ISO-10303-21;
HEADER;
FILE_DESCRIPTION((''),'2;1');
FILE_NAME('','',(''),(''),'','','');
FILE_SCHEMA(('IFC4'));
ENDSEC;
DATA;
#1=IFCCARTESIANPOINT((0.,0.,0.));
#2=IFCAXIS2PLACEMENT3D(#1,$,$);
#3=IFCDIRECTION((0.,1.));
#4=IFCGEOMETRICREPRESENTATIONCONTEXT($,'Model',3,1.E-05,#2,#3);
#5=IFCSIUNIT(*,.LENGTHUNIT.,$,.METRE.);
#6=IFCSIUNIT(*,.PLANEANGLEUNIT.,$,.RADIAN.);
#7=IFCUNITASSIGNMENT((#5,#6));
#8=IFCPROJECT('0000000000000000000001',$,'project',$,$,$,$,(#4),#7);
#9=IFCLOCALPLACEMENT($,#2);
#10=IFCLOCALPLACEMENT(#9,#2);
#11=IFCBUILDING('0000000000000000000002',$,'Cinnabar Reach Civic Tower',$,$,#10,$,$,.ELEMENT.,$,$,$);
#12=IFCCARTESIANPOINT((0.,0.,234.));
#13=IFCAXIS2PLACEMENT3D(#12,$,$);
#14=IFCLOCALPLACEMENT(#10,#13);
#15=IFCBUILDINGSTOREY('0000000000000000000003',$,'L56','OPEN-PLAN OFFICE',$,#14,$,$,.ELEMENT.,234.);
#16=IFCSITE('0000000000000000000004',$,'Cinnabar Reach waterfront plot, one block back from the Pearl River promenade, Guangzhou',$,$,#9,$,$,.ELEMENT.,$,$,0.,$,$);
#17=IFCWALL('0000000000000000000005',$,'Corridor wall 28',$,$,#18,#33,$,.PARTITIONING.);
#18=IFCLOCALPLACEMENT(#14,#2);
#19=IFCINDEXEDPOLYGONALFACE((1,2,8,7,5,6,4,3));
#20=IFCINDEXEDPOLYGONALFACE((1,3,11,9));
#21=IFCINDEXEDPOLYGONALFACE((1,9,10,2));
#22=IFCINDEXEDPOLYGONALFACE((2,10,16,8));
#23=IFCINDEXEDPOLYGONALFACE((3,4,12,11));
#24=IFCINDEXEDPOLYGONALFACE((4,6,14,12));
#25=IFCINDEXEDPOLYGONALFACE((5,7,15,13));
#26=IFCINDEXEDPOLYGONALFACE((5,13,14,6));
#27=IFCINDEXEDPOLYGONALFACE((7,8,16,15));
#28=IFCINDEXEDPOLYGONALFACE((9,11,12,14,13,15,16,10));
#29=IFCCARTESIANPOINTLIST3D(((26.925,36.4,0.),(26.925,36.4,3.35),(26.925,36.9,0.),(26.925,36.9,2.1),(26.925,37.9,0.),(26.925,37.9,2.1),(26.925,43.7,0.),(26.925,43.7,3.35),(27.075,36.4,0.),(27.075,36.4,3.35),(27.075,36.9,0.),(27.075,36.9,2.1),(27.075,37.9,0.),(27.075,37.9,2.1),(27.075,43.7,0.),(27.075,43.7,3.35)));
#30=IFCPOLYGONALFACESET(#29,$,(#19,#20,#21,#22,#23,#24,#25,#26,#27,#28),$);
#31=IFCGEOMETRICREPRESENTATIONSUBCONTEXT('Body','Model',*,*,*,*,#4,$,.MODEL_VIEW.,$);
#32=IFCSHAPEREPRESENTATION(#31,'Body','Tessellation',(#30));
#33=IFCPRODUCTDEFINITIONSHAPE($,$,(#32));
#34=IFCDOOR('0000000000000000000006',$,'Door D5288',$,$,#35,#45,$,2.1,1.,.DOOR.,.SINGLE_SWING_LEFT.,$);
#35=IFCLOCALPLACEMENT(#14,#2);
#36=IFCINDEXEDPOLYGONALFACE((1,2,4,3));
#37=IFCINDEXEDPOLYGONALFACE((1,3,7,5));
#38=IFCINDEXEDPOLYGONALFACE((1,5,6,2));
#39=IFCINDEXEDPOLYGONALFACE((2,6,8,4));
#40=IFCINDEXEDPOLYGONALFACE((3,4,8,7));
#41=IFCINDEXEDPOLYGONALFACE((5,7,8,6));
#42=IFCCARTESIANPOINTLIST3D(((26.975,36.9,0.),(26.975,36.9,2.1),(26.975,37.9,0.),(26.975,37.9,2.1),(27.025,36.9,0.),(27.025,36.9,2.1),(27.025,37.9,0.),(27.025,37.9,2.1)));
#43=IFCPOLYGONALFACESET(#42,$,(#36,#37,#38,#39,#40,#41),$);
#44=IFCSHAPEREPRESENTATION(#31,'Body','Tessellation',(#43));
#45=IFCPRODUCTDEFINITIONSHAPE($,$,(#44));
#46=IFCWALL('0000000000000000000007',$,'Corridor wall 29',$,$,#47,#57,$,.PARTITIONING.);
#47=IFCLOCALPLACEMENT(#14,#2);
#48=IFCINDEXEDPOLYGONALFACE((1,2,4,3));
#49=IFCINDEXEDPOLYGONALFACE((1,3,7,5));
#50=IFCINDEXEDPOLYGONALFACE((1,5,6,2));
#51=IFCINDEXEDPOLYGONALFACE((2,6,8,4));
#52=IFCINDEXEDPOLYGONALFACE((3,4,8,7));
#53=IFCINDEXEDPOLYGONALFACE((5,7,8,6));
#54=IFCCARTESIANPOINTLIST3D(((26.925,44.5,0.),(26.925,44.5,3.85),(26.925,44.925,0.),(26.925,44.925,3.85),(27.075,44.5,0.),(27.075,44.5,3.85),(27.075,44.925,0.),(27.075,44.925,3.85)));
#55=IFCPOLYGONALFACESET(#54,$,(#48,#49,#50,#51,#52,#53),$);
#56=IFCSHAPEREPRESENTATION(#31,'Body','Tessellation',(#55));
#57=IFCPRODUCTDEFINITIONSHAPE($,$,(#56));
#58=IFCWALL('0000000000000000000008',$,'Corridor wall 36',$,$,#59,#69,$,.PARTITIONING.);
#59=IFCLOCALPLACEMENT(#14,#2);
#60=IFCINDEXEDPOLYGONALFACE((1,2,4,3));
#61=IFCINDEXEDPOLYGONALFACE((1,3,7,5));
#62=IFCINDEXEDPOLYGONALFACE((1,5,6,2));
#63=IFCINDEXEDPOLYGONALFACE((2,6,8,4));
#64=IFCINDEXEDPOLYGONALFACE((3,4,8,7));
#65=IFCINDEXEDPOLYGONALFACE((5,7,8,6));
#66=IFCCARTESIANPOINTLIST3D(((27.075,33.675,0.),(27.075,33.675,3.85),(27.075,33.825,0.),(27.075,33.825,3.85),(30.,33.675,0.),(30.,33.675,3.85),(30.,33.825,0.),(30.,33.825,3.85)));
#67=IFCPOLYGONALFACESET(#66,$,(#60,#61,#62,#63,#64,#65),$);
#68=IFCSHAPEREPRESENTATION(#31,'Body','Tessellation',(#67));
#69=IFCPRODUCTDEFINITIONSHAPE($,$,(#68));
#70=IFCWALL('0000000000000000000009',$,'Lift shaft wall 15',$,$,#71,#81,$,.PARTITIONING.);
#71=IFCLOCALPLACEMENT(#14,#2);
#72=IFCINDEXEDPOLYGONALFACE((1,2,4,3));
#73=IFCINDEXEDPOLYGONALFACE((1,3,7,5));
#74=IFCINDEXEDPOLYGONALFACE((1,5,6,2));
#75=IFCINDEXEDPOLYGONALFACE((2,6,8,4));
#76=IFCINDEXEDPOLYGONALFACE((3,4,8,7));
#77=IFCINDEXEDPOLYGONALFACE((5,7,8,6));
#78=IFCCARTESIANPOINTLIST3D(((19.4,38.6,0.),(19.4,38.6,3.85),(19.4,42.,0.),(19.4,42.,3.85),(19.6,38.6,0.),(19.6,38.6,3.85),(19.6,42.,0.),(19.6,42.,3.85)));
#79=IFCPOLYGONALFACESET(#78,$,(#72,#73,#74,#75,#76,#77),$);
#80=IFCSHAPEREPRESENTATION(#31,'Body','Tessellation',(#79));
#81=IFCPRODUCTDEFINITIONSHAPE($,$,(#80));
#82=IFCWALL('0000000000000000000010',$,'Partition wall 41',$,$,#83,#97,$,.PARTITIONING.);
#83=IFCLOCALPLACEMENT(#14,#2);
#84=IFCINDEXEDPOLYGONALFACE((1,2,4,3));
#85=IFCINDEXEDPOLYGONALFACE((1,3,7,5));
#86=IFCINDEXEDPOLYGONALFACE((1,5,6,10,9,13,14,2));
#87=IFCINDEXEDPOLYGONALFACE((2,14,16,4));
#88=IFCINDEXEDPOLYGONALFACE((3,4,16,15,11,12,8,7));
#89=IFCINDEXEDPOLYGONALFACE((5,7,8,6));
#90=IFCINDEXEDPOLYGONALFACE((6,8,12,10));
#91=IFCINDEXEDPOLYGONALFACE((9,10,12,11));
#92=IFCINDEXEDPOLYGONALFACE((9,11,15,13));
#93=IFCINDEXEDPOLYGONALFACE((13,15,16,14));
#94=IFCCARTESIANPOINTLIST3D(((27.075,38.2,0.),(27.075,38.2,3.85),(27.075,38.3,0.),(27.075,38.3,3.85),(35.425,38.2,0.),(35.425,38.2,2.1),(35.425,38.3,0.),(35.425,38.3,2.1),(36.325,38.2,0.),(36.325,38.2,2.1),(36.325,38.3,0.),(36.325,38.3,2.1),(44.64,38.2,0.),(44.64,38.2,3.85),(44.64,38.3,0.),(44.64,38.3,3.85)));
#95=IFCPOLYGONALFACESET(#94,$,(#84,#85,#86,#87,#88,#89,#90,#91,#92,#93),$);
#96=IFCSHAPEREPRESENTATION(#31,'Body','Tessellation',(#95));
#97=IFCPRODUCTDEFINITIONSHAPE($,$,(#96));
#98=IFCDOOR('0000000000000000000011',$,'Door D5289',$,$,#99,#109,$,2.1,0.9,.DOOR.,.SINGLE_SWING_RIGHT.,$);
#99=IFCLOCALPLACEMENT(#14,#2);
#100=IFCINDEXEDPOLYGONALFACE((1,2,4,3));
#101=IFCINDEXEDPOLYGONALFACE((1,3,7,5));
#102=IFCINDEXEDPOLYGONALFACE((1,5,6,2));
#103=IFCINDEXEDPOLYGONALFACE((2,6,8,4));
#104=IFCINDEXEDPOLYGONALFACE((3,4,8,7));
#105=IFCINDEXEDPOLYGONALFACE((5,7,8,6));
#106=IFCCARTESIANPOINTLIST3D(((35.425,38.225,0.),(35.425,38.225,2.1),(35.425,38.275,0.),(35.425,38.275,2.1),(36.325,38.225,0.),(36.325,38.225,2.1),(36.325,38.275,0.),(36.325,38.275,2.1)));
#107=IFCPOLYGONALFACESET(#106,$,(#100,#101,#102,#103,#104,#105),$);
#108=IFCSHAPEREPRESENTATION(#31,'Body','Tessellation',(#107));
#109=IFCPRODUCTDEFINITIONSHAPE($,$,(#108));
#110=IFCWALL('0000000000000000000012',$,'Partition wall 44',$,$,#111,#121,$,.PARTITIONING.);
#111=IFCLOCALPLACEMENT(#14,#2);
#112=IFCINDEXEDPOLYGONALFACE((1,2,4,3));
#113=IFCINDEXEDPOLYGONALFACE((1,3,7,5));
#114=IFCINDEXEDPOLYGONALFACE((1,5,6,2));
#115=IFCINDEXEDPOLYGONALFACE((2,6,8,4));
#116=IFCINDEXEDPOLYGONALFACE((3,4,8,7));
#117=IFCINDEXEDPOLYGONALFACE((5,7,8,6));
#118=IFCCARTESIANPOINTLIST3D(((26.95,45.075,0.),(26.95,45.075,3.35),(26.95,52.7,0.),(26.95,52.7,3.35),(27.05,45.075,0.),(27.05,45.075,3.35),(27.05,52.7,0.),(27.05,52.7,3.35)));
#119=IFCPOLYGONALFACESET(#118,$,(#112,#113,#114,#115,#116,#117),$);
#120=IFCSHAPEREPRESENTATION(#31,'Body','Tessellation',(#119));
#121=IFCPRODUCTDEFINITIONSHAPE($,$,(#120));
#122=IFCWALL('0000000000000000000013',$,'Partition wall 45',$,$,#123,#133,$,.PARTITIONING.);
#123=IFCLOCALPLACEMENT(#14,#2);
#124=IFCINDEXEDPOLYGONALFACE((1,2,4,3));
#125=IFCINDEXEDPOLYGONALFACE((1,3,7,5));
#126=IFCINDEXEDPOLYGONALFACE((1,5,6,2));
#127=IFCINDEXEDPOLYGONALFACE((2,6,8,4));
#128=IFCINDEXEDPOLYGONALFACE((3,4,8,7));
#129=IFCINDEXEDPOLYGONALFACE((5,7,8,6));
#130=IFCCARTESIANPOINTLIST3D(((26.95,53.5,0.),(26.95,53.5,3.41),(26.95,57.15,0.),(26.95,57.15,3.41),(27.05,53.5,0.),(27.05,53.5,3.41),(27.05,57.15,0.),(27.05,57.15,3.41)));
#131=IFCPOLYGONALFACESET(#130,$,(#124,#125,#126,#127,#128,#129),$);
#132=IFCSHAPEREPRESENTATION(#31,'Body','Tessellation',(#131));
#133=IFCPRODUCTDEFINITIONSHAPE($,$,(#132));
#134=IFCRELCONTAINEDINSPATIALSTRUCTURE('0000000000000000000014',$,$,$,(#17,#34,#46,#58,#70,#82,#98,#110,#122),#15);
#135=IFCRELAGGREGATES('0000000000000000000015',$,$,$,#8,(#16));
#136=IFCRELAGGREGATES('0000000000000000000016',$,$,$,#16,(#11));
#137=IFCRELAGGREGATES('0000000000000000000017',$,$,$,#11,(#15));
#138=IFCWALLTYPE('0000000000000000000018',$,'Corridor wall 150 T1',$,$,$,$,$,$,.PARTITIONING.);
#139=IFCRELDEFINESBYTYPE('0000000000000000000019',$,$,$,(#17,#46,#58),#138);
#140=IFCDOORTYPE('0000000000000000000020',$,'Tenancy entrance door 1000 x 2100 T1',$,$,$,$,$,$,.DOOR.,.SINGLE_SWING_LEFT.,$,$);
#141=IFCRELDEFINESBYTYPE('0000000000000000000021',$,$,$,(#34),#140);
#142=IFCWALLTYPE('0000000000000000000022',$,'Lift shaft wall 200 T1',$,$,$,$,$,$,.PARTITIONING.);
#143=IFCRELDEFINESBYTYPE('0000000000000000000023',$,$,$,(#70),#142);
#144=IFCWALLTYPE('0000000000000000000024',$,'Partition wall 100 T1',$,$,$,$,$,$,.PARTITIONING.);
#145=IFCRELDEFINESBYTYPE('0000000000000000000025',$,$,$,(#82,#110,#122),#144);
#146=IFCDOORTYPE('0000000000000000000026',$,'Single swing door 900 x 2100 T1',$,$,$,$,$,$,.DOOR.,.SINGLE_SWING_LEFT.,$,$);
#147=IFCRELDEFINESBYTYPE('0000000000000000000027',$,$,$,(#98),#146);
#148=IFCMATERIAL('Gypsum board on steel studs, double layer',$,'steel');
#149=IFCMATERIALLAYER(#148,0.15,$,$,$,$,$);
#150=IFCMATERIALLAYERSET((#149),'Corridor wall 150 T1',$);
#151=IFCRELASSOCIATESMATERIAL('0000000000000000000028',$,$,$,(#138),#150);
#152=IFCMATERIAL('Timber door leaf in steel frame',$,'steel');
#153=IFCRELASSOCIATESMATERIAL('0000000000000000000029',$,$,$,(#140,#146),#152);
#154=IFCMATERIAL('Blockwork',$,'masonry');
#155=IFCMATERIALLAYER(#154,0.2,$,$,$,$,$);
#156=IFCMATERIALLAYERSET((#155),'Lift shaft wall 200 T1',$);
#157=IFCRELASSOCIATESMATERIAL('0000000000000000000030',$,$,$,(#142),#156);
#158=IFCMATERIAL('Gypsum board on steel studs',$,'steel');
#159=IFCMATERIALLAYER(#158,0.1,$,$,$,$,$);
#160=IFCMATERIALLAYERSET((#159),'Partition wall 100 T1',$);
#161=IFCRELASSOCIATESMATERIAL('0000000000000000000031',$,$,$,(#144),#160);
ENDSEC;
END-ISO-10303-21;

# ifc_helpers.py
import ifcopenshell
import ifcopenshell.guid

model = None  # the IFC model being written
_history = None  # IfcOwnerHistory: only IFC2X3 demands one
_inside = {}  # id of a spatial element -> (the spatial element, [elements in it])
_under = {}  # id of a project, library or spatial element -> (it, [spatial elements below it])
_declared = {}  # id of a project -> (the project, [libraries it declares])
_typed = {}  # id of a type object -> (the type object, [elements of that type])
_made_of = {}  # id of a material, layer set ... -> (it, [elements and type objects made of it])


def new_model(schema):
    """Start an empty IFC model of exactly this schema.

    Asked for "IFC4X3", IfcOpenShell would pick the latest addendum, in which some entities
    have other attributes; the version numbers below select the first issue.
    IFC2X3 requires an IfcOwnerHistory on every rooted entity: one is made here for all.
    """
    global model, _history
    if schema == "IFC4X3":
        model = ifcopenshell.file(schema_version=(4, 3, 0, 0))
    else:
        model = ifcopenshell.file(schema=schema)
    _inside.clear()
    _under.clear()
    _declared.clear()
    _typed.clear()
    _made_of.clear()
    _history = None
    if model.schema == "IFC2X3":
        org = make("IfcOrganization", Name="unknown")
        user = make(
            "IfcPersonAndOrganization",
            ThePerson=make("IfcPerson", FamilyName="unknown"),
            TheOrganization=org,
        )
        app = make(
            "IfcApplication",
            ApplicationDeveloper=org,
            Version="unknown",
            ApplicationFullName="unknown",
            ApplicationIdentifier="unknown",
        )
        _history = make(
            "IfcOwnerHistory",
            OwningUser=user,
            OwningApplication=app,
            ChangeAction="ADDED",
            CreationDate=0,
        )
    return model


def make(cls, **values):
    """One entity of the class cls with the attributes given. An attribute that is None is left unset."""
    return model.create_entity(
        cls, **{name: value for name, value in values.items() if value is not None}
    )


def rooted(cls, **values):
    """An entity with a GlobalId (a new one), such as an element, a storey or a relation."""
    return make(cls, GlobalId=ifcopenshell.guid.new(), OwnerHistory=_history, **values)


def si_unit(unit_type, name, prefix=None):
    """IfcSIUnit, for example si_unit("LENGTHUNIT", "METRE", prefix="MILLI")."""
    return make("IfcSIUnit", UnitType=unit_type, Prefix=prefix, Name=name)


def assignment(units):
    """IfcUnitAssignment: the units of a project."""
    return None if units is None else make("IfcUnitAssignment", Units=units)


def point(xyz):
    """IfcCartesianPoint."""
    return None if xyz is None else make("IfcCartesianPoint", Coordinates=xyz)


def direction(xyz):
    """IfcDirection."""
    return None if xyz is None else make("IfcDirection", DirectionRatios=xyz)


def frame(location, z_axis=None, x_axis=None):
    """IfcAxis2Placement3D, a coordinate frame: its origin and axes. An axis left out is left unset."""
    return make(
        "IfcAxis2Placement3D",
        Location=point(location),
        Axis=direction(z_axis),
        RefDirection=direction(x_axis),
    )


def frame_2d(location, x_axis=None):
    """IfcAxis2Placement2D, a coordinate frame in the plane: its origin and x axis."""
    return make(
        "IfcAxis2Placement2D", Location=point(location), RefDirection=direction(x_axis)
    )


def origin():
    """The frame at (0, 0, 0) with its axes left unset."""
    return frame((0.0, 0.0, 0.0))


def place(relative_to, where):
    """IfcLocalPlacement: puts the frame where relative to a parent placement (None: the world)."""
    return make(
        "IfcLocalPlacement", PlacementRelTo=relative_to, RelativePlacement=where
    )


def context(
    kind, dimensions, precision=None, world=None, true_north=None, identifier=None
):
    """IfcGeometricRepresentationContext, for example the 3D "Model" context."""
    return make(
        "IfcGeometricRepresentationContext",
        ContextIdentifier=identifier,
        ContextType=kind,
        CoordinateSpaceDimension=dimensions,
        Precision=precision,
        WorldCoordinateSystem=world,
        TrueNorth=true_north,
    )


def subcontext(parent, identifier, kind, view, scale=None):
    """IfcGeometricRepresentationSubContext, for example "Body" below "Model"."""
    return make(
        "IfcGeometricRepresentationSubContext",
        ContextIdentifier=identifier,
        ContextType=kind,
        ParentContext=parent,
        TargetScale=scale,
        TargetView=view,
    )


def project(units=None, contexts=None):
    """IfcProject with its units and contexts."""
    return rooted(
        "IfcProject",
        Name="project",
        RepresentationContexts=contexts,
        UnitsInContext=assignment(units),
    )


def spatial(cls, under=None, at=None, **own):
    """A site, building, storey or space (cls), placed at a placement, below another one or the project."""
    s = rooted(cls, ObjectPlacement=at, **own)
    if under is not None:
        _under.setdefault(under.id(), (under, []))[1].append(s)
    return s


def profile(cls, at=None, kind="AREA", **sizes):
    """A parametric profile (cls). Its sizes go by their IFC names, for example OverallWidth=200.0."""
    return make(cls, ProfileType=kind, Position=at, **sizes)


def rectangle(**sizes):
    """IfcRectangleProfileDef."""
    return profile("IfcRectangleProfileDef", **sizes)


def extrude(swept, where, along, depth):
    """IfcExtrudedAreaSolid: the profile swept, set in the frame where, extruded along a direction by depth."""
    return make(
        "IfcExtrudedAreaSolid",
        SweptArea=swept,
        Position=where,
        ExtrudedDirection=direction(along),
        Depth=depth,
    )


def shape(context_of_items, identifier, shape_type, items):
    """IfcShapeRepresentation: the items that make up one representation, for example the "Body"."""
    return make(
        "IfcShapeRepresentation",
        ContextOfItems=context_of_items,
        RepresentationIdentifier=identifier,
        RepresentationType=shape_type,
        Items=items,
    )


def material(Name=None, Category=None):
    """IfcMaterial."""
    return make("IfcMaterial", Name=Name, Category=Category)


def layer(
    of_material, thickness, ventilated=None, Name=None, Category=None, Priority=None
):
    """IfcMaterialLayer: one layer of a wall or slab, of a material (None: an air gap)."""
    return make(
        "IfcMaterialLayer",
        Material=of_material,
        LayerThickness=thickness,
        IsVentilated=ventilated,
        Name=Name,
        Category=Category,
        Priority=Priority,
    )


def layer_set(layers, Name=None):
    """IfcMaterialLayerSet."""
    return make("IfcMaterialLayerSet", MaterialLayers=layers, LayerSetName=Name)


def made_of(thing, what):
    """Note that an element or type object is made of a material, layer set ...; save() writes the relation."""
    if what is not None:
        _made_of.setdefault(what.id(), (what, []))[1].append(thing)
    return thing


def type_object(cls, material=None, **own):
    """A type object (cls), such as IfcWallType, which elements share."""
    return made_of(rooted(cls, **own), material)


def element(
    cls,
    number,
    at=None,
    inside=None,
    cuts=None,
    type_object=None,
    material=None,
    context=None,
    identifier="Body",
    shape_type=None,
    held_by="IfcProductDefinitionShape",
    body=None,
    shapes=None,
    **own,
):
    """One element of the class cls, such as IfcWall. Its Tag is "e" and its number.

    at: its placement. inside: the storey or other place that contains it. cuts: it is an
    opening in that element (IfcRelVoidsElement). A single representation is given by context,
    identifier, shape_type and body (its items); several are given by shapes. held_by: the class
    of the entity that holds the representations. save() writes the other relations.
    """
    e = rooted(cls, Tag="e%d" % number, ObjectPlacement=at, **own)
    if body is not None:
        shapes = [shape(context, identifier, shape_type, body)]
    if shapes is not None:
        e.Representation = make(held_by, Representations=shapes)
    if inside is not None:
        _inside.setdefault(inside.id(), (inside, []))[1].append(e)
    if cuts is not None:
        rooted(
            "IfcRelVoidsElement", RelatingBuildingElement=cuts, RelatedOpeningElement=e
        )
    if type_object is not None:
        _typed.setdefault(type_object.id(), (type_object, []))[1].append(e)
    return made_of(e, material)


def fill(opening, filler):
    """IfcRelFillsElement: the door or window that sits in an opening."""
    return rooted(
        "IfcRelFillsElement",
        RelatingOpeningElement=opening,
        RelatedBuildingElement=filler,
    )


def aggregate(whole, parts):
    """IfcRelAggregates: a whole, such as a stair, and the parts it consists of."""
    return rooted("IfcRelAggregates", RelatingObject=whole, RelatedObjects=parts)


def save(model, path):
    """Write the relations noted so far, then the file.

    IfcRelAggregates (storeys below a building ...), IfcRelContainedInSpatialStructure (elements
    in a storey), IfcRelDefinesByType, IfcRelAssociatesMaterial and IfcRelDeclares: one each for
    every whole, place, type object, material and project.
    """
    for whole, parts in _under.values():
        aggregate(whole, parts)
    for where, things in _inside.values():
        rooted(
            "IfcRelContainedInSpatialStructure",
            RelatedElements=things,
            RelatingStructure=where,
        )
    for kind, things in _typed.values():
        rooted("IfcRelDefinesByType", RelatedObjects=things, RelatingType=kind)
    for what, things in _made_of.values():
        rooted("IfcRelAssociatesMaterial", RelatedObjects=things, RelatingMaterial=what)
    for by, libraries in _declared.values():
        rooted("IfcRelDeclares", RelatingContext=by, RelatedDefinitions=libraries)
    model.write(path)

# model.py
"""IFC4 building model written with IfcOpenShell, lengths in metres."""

from ifc_helpers import new_model, si_unit, direction, frame, frame_2d, origin, place, context, subcontext, project, spatial, rectangle, extrude, material, layer, layer_set, type_object, element, fill, save


model = new_model("IFC4")

# Units and contexts
model_context = context("Model", 3, precision=1e-05, world=origin(), true_north=direction((0.0, 1.0)))
body_context = subcontext(model_context, "Body", "Model", "MODEL_VIEW")
ifc_project = project(units=[si_unit("LENGTHUNIT", "METRE"), si_unit("PLANEANGLEUNIT", "RADIAN")], contexts=[model_context])

# Site, building, storey
site_placement = place(None, origin())
site = spatial("IfcSite", under=ifc_project, at=site_placement, Name="Cinnabar Reach waterfront plot, one block back from the Pearl River promenade, Guangzhou", CompositionType="ELEMENT", RefElevation=0.0)
building_placement = place(site_placement, origin())
building = spatial("IfcBuilding", under=site, at=building_placement, Name="Cinnabar Reach Civic Tower", CompositionType="ELEMENT")
storey_placement = place(building_placement, frame((0.0, 0.0, 234.0)))
storey = spatial("IfcBuildingStorey", under=building, at=storey_placement, Name="L56", Description="OPEN-PLAN OFFICE", CompositionType="ELEMENT", Elevation=234.0)

# Wall, opening, door
ifc_material_1 = material(Name="Gypsum board on steel studs, double layer", Category="steel")
ifc_layer_1 = layer(ifc_material_1, 0.15)
ifc_layer_set_1 = layer_set([ifc_layer_1], Name="Corridor wall 150 T1")
wall_type_1 = type_object("IfcWallType", Name="Corridor wall 150 T1", PredefinedType="PARTITIONING", material=ifc_layer_set_1)
wall_1_placement = place(storey_placement, frame((27.0, 36.4, 0.0), z_axis=(0.0, 0.0, 1.0), x_axis=(0.0, 1.0, 0.0)))
wall_1 = element("IfcWall", 1, at=wall_1_placement, inside=storey, type_object=wall_type_1, Name="Corridor wall 28", PredefinedType="PARTITIONING", context=body_context, shape_type="SweptSolid", body=[
    extrude(rectangle(XDim=7.3, YDim=0.15, at=frame_2d((3.65, 0.0))), origin(), (0.0, 0.0, 1.0), 3.35),
])
opening_1_placement = place(wall_1_placement, frame((0.5, 0.0, 0.0)))
opening_1 = element("IfcOpeningElement", 2, at=opening_1_placement, cuts=wall_1, PredefinedType="OPENING", context=body_context, shape_type="SweptSolid", body=[
    extrude(rectangle(XDim=1.0, YDim=2.1, at=frame_2d((0.5, 1.05))), frame((0.0, 0.085, 0.0), z_axis=(0.0, -1.0, 0.0), x_axis=(1.0, 0.0, 0.0)), (0.0, 0.0, 1.0), 0.17),
])
ifc_material_2 = material(Name="Timber door leaf in steel frame", Category="steel")
door_type_1 = type_object("IfcDoorType", Name="Tenancy entrance door 1000 x 2100 T1", OperationType="SINGLE_SWING_LEFT", PredefinedType="DOOR", material=ifc_material_2)
door_1_placement = place(opening_1_placement, frame((1.0, 0.0, 0.0), z_axis=(0.0, 0.0, 1.0), x_axis=(-1.0, 0.0, 0.0)))
door_1 = element("IfcDoor", 3, at=door_1_placement, inside=storey, type_object=door_type_1, Name="Door D5288", OperationType="SINGLE_SWING_LEFT", OverallHeight=2.1, OverallWidth=1.0, PredefinedType="DOOR", context=body_context, shape_type="SweptSolid", body=[
    extrude(rectangle(XDim=1.0, YDim=2.1, at=frame_2d((0.5, 1.05))), frame((0.0, 0.025, 0.0), z_axis=(0.0, -1.0, 0.0), x_axis=(1.0, 0.0, 0.0)), (0.0, 0.0, 1.0), 0.05),
])
fill(opening_1, door_1)

# Walls
wall_2_placement = place(storey_placement, frame((27.0, 44.5, 0.0), z_axis=(0.0, 0.0, 1.0), x_axis=(0.0, 1.0, 0.0)))
element("IfcWall", 4, at=wall_2_placement, inside=storey, type_object=wall_type_1, Name="Corridor wall 29", PredefinedType="PARTITIONING", context=body_context, shape_type="SweptSolid", body=[
    extrude(rectangle(XDim=0.425, YDim=0.15, at=frame_2d((0.2125, 0.0))), origin(), (0.0, 0.0, 1.0), 3.85),
])
wall_3_placement = place(storey_placement, frame((27.075, 33.75, 0.0), z_axis=(0.0, 0.0, 1.0), x_axis=(1.0, 0.0, 0.0)))
element("IfcWall", 5, at=wall_3_placement, inside=storey, type_object=wall_type_1, Name="Corridor wall 36", PredefinedType="PARTITIONING", context=body_context, shape_type="SweptSolid", body=[
    extrude(rectangle(XDim=2.925, YDim=0.15, at=frame_2d((1.4625, 0.0))), origin(), (0.0, 0.0, 1.0), 3.85),
])
ifc_material_3 = material(Name="Blockwork", Category="masonry")
ifc_layer_2 = layer(ifc_material_3, 0.2)
ifc_layer_set_2 = layer_set([ifc_layer_2], Name="Lift shaft wall 200 T1")
wall_type_2 = type_object("IfcWallType", Name="Lift shaft wall 200 T1", PredefinedType="PARTITIONING", material=ifc_layer_set_2)
wall_4_placement = place(storey_placement, frame((19.5, 38.6, 0.0), z_axis=(0.0, 0.0, 1.0), x_axis=(0.0, 1.0, 0.0)))
element("IfcWall", 6, at=wall_4_placement, inside=storey, type_object=wall_type_2, Name="Lift shaft wall 15", PredefinedType="PARTITIONING", context=body_context, shape_type="SweptSolid", body=[
    extrude(rectangle(XDim=3.4, YDim=0.2, at=frame_2d((1.7, 0.0))), origin(), (0.0, 0.0, 1.0), 3.85),
])

# Wall, opening, door
ifc_material_4 = material(Name="Gypsum board on steel studs", Category="steel")
ifc_layer_3 = layer(ifc_material_4, 0.1)
ifc_layer_set_3 = layer_set([ifc_layer_3], Name="Partition wall 100 T1")
wall_type_3 = type_object("IfcWallType", Name="Partition wall 100 T1", PredefinedType="PARTITIONING", material=ifc_layer_set_3)
wall_5_placement = place(storey_placement, frame((27.075, 38.25, 0.0), z_axis=(0.0, 0.0, 1.0), x_axis=(1.0, 0.0, 0.0)))
wall_5 = element("IfcWall", 7, at=wall_5_placement, inside=storey, type_object=wall_type_3, Name="Partition wall 41", PredefinedType="PARTITIONING", context=body_context, shape_type="SweptSolid", body=[
    extrude(rectangle(XDim=17.565, YDim=0.1, at=frame_2d((8.7825, 0.0))), origin(), (0.0, 0.0, 1.0), 3.85),
])
opening_2_placement = place(wall_5_placement, frame((8.35, 0.0, 0.0)))
opening_2 = element("IfcOpeningElement", 8, at=opening_2_placement, cuts=wall_5, PredefinedType="OPENING", context=body_context, shape_type="SweptSolid", body=[
    extrude(rectangle(XDim=0.9, YDim=2.1, at=frame_2d((0.45, 1.05))), frame((0.0, 0.06, 0.0), z_axis=(0.0, -1.0, 0.0), x_axis=(1.0, 0.0, 0.0)), (0.0, 0.0, 1.0), 0.12),
])
door_type_2 = type_object("IfcDoorType", Name="Single swing door 900 x 2100 T1", OperationType="SINGLE_SWING_LEFT", PredefinedType="DOOR", material=ifc_material_2)
door_2_placement = place(opening_2_placement, frame((0.9, 0.0, 0.0), z_axis=(0.0, 0.0, 1.0), x_axis=(-1.0, 0.0, 0.0)))
door_2 = element("IfcDoor", 9, at=door_2_placement, inside=storey, type_object=door_type_2, Name="Door D5289", OperationType="SINGLE_SWING_RIGHT", OverallHeight=2.1, OverallWidth=0.9, PredefinedType="DOOR", context=body_context, shape_type="SweptSolid", body=[
    extrude(rectangle(XDim=0.9, YDim=2.1, at=frame_2d((0.45, 1.05))), frame((0.0, 0.025, 0.0), z_axis=(0.0, -1.0, 0.0), x_axis=(1.0, 0.0, 0.0)), (0.0, 0.0, 1.0), 0.05),
])
fill(opening_2, door_2)

# Walls
wall_6_placement = place(storey_placement, frame((27.0, 45.075, 0.0), z_axis=(0.0, 0.0, 1.0), x_axis=(0.0, 1.0, 0.0)))
element("IfcWall", 10, at=wall_6_placement, inside=storey, type_object=wall_type_3, Name="Partition wall 44", PredefinedType="PARTITIONING", context=body_context, shape_type="SweptSolid", body=[
    extrude(rectangle(XDim=7.625, YDim=0.1, at=frame_2d((3.8125, 0.0))), origin(), (0.0, 0.0, 1.0), 3.35),
])
wall_7_placement = place(storey_placement, frame((27.0, 53.5, 0.0), z_axis=(0.0, 0.0, 1.0), x_axis=(0.0, 1.0, 0.0)))
element("IfcWall", 11, at=wall_7_placement, inside=storey, type_object=wall_type_3, Name="Partition wall 45", PredefinedType="PARTITIONING", context=body_context, shape_type="SweptSolid", body=[
    extrude(rectangle(XDim=3.65, YDim=0.1, at=frame_2d((1.825, 0.0))), origin(), (0.0, 0.0, 1.0), 3.41),
])

save(model, "model.ifc")
